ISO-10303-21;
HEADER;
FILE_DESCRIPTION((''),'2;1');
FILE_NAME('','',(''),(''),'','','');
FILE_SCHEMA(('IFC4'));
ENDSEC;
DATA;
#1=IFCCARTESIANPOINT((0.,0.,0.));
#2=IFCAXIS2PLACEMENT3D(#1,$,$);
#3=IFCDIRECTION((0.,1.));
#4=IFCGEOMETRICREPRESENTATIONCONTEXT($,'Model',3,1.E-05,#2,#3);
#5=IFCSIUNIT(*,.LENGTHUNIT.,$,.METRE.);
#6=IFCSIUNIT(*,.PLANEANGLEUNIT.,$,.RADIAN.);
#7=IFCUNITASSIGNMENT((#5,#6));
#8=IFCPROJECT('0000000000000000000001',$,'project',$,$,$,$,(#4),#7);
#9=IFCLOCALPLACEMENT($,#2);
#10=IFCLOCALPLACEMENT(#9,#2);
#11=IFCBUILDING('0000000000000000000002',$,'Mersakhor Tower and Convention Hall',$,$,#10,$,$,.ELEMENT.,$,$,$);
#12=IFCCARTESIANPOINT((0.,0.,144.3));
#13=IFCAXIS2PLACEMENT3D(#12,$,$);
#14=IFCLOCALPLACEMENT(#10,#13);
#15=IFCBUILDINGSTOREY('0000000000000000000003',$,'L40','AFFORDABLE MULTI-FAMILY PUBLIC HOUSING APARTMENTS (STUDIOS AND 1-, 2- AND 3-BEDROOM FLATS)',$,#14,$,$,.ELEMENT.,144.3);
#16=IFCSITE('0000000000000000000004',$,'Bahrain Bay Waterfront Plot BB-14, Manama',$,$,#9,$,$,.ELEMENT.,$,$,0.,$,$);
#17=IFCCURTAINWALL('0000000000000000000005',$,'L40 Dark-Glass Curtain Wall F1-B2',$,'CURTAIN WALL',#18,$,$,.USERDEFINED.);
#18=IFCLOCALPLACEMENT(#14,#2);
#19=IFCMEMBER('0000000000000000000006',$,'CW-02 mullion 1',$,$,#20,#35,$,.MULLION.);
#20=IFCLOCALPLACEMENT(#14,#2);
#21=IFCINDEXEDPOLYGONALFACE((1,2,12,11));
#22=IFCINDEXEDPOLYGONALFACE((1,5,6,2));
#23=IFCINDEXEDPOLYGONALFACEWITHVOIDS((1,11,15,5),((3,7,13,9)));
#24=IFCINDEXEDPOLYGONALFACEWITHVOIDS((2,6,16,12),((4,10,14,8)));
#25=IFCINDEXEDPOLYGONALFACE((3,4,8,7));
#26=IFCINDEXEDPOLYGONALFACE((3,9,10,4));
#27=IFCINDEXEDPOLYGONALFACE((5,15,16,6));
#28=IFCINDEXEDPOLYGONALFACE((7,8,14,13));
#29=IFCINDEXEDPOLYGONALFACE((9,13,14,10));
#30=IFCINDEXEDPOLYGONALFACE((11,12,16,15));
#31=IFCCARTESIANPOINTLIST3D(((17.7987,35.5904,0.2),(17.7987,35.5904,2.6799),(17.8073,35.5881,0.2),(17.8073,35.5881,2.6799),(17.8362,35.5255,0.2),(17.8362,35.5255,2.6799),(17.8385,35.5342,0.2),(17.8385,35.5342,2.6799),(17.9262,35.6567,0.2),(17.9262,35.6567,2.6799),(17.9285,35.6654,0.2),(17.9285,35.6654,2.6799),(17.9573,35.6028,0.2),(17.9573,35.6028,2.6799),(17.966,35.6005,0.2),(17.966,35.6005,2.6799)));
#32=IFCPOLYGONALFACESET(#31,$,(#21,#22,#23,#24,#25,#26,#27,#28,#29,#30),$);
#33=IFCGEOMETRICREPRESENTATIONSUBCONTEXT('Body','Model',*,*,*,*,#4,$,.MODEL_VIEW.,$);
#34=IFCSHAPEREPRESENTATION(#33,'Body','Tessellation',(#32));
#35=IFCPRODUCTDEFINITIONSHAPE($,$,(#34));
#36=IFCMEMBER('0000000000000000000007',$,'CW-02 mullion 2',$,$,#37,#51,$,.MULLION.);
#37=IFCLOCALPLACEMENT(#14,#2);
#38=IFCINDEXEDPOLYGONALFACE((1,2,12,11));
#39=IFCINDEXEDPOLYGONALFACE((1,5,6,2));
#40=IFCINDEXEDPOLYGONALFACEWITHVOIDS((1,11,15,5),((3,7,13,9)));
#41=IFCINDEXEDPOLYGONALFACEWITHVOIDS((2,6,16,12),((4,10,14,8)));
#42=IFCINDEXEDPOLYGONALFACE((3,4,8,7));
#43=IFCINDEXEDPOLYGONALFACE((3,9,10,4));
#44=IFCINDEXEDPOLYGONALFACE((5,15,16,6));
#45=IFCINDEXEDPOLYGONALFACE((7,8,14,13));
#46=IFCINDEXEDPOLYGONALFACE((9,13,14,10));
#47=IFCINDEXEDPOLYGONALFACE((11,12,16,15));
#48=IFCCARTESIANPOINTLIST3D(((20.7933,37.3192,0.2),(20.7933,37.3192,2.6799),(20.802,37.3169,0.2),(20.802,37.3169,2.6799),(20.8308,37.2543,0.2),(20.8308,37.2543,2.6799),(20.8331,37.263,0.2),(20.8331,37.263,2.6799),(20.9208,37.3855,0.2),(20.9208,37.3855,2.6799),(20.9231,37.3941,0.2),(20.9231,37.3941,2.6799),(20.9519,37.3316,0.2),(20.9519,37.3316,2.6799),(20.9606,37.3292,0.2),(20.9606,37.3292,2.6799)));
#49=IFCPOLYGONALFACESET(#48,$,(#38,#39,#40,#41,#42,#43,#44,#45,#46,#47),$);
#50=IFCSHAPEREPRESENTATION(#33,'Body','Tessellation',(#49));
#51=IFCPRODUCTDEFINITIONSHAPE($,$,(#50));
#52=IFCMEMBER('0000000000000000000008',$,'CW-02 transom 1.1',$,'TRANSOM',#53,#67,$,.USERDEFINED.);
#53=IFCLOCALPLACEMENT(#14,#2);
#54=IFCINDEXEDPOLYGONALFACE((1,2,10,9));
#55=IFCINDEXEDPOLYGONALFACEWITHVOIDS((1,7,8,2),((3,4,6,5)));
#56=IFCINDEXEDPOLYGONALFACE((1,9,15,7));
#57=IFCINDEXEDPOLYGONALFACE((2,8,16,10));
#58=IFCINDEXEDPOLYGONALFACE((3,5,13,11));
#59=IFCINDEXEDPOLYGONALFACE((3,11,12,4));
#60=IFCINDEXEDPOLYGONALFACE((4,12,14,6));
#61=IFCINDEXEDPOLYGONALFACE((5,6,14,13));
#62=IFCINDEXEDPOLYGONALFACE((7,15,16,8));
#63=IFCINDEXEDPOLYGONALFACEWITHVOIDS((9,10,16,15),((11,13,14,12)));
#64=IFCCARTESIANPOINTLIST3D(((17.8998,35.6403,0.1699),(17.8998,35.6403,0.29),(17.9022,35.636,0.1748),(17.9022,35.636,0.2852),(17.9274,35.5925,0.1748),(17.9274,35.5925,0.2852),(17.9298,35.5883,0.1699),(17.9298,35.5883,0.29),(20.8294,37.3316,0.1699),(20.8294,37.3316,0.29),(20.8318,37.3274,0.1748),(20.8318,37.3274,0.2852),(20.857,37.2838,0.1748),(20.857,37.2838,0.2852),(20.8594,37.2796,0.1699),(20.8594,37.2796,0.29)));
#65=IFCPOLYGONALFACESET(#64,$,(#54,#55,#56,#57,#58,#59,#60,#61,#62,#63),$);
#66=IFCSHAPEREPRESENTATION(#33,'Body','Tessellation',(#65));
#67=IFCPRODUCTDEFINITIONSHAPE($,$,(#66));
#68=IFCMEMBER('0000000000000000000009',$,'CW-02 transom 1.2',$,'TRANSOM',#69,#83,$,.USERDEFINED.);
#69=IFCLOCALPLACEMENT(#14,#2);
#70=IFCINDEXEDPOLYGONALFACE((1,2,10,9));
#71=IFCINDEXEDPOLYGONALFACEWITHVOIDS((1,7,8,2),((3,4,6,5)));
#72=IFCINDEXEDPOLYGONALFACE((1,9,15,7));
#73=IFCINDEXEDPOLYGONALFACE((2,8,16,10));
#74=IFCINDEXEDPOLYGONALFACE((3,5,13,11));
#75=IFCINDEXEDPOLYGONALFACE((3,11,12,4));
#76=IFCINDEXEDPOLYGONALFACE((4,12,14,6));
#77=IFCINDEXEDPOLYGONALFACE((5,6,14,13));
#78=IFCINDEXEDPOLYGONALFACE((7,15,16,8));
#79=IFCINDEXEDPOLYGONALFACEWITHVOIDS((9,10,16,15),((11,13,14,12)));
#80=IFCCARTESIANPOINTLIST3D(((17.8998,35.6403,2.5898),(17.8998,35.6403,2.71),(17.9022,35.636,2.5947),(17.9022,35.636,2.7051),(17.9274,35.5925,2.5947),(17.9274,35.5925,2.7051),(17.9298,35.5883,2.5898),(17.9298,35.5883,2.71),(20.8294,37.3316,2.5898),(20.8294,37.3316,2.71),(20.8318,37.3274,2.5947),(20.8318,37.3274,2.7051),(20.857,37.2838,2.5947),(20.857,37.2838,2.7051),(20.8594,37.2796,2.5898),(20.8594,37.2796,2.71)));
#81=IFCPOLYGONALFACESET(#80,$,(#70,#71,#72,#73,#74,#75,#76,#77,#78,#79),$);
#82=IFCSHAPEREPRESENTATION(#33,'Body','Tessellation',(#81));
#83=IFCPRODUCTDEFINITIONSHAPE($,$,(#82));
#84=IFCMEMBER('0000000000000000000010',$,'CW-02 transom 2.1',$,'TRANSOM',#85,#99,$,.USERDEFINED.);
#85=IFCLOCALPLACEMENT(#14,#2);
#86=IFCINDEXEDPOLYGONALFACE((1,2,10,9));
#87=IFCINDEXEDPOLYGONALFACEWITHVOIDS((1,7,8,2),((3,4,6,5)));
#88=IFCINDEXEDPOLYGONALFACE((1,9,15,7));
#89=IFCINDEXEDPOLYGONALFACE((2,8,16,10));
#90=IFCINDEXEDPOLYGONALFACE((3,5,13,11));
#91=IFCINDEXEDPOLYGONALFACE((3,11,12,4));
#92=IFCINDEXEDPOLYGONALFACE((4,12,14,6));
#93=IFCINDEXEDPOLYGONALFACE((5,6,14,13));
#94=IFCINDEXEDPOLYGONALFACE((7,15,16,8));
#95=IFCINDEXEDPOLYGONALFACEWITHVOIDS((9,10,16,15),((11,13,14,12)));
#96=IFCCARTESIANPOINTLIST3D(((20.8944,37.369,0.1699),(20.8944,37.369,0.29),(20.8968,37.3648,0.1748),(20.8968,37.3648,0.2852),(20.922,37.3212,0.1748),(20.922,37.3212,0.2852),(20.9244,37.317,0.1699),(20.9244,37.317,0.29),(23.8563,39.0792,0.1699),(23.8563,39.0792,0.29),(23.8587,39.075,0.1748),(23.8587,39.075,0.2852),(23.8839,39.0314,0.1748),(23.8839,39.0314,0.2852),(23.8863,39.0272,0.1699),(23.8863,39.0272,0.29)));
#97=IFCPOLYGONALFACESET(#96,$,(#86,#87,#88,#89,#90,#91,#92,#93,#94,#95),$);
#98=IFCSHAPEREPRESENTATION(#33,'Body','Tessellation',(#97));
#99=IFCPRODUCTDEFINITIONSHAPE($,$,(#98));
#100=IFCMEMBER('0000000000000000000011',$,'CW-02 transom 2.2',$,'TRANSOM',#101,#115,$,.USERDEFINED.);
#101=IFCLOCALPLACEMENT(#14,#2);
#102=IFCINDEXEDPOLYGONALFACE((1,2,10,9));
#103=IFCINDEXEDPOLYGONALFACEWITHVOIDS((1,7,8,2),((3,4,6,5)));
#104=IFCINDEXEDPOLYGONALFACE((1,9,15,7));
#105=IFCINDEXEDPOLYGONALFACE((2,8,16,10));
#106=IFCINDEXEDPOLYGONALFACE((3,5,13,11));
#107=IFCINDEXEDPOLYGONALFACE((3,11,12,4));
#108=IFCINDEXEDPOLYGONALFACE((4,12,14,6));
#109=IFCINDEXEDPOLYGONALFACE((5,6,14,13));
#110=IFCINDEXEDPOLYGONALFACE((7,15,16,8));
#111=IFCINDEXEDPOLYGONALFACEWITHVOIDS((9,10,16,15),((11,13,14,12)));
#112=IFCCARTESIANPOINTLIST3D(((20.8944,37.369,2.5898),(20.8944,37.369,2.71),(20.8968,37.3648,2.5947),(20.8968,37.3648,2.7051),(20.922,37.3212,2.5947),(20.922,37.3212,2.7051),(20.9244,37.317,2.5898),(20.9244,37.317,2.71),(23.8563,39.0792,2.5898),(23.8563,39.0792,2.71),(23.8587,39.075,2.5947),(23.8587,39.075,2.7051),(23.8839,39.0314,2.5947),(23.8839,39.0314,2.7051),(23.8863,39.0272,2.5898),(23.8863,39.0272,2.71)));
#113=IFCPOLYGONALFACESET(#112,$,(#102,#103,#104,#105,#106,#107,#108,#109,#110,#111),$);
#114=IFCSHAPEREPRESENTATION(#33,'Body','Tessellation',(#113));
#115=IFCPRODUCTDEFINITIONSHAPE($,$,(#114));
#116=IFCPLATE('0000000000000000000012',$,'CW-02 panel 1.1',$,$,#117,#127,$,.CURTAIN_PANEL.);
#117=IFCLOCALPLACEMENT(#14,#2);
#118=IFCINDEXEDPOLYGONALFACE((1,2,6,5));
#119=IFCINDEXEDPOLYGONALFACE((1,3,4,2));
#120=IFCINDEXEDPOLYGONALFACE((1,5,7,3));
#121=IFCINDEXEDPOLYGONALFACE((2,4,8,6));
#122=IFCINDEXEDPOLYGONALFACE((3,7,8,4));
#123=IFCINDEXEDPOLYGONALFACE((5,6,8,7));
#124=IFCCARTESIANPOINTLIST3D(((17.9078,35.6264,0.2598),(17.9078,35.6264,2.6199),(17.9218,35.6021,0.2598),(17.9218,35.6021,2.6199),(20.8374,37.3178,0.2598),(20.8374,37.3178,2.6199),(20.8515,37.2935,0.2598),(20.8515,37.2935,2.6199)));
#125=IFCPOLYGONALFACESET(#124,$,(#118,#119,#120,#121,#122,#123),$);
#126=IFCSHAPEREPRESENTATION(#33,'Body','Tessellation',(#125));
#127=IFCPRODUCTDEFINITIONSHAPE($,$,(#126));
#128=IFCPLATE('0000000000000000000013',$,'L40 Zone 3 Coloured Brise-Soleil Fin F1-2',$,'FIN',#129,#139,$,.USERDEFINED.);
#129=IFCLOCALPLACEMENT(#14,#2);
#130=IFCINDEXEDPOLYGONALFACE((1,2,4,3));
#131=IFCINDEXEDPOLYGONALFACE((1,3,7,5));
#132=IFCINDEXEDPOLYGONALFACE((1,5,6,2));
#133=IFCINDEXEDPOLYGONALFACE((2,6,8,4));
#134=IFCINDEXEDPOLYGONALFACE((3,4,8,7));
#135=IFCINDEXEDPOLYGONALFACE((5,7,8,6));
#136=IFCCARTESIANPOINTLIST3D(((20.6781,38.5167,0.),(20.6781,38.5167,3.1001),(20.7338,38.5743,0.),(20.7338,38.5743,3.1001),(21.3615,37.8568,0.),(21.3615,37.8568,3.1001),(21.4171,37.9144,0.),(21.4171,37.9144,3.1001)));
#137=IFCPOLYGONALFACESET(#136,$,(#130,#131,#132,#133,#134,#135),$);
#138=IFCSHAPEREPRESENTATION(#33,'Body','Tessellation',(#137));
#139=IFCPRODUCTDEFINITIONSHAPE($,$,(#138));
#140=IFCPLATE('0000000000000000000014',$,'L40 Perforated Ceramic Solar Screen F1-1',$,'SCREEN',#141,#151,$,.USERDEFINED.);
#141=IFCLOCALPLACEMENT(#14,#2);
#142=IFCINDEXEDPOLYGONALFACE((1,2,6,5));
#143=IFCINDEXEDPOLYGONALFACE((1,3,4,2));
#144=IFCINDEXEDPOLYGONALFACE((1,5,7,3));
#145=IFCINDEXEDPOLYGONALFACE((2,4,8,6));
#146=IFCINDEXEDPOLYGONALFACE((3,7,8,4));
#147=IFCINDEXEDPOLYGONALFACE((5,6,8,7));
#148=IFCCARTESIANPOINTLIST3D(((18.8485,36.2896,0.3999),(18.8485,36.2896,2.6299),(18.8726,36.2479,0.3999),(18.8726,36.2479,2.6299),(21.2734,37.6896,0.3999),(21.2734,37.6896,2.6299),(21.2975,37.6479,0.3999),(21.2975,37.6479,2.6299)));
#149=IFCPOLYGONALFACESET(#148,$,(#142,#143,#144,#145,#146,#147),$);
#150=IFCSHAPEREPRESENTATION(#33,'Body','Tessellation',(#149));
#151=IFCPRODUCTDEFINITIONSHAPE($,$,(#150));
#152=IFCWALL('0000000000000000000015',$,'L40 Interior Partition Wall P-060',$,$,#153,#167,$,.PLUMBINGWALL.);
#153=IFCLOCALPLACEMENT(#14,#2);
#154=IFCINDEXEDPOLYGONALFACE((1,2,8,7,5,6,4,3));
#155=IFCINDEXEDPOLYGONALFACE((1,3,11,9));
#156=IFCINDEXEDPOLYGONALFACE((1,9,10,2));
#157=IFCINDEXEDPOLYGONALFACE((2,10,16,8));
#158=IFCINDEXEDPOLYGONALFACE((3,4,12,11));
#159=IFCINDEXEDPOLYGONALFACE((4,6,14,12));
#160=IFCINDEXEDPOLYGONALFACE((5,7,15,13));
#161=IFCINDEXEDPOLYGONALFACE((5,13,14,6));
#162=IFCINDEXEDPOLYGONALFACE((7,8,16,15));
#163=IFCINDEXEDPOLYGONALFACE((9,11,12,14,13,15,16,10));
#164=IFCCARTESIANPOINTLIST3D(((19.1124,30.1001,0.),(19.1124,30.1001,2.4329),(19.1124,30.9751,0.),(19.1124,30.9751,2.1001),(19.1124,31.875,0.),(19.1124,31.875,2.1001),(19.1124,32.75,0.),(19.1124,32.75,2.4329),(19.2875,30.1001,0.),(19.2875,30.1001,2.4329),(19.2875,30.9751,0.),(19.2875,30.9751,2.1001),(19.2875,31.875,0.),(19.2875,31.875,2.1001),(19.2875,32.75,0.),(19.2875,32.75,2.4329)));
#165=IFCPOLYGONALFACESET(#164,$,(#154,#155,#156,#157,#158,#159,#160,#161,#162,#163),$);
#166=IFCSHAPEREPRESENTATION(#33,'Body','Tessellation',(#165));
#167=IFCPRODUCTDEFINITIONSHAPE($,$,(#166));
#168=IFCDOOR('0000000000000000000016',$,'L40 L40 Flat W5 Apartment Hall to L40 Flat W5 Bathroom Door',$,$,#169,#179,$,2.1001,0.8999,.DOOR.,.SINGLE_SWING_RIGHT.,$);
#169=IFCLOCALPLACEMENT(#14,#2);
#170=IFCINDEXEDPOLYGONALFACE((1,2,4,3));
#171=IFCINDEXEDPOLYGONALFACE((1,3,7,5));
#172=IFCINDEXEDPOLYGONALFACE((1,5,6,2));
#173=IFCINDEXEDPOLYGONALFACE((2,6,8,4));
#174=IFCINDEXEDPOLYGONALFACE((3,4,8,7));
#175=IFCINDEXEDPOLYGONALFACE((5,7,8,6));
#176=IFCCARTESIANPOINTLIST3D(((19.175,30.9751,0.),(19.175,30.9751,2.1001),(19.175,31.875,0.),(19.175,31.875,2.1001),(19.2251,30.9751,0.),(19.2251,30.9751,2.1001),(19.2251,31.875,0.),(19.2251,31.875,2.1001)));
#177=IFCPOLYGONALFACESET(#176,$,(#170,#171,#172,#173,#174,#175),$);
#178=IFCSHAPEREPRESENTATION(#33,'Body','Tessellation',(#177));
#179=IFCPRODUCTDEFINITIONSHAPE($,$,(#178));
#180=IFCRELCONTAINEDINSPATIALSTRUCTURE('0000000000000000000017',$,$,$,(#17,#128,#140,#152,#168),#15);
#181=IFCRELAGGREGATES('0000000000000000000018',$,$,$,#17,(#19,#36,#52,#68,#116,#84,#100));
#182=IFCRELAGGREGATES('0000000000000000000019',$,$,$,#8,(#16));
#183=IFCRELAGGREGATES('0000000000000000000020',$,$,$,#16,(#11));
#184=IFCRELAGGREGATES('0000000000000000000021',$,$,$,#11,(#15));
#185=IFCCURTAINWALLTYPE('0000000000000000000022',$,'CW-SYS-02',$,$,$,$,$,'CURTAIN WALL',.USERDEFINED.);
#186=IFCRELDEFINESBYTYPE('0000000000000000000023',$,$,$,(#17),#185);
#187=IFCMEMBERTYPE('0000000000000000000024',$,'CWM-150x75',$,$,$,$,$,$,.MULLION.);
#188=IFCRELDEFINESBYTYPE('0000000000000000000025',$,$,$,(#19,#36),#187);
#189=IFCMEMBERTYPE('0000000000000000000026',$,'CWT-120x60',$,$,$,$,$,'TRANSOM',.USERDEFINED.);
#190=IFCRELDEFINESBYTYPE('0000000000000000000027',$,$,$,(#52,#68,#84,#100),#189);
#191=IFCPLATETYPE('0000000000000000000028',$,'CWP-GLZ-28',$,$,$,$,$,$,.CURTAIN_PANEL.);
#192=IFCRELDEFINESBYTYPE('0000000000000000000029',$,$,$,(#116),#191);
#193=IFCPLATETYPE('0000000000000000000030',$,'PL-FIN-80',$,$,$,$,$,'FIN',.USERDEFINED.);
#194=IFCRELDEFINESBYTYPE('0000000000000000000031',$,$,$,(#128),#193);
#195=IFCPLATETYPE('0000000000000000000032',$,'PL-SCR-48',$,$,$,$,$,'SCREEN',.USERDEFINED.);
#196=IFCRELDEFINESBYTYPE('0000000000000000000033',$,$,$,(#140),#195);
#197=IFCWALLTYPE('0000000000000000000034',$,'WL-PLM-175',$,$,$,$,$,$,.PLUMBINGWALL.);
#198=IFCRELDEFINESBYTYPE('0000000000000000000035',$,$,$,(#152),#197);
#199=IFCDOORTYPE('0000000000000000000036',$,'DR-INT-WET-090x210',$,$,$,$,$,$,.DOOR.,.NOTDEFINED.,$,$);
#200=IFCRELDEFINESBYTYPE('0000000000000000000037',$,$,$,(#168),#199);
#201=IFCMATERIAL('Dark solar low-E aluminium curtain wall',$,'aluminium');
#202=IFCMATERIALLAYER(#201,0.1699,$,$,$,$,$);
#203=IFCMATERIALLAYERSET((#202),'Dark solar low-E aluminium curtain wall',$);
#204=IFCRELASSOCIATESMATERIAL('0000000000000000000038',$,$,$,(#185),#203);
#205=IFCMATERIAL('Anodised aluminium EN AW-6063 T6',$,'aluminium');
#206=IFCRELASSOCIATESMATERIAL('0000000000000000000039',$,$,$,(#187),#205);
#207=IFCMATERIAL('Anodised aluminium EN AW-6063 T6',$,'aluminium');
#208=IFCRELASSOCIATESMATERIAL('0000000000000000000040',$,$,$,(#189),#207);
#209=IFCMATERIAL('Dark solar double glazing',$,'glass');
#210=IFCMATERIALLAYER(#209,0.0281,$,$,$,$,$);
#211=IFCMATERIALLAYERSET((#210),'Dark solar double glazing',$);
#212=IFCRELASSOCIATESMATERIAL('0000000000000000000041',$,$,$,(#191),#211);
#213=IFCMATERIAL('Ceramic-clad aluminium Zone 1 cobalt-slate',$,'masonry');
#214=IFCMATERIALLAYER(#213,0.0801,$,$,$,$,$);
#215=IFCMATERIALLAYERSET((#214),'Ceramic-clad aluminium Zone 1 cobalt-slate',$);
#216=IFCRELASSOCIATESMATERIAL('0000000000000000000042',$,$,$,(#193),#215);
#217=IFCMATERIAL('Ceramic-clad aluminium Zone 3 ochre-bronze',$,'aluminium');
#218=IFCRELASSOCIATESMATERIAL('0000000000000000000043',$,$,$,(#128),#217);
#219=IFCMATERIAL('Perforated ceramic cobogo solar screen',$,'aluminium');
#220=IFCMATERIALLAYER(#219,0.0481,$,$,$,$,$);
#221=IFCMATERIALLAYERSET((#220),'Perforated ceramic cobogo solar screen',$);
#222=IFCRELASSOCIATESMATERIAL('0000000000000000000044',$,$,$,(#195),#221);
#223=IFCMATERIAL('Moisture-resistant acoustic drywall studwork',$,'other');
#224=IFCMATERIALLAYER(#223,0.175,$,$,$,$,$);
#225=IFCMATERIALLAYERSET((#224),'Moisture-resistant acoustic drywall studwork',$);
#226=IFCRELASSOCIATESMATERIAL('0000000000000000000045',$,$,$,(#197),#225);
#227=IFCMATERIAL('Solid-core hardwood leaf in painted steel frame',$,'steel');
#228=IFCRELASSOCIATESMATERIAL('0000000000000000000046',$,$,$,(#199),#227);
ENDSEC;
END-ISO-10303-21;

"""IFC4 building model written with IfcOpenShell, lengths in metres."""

from ifc_helpers import new_model, si_unit, direction, frame, frame_2d, origin, origin_2d, place, context, subcontext, project, spatial, rectangle, hollow_rectangle, extrude, material, layer, layer_set, material_profile, profile_set, type_object, element, fill, aggregate, save


model = new_model("IFC4")

# Units and contexts
model_context = context("Model", 3, precision=1e-05, world=origin(), true_north=direction((0.0, 1.0)))
body_context = subcontext(model_context, "Body", "Model", "MODEL_VIEW")
ifc_project = project(units=[si_unit("LENGTHUNIT", "METRE"), si_unit("PLANEANGLEUNIT", "RADIAN")], contexts=[model_context])

# Site, building, storey
site_placement = place(None, origin())
site = spatial("IfcSite", under=ifc_project, at=site_placement, Name="Bahrain Bay Waterfront Plot BB-14, Manama", CompositionType="ELEMENT", RefElevation=0.0)
building_placement = place(site_placement, origin())
building = spatial("IfcBuilding", under=site, at=building_placement, Name="Mersakhor Tower and Convention Hall", CompositionType="ELEMENT")
storey_placement = place(building_placement, frame((0.0, 0.0, 144.3)))
storey = spatial("IfcBuildingStorey", under=building, at=storey_placement, Name="L40", Description="AFFORDABLE MULTI-FAMILY PUBLIC HOUSING APARTMENTS (STUDIOS AND 1-, 2- AND 3-BEDROOM FLATS)", CompositionType="ELEMENT", Elevation=144.3)

# Curtain wall, members, plate
ifc_material_1 = material(Name="Dark solar low-E aluminium curtain wall", Category="aluminium")
ifc_layer_1 = layer(ifc_material_1, 0.1699)
ifc_layer_set_1 = layer_set([ifc_layer_1], Name="Dark solar low-E aluminium curtain wall")
curtain_wall_type = type_object("IfcCurtainWallType", Name="CW-SYS-02", ElementType="CURTAIN WALL", PredefinedType="USERDEFINED", material=ifc_layer_set_1)
curtain_wall_placement = place(storey_placement, origin())
curtain_wall = element("IfcCurtainWall", 1, at=curtain_wall_placement, inside=storey, type_object=curtain_wall_type, Name="L40 Dark-Glass Curtain Wall F1-B2", ObjectType="CURTAIN WALL", PredefinedType="USERDEFINED")
ifc_material_2 = material(Name="Anodised aluminium EN AW-6063 T6", Category="aluminium")
ifc_material_profile_1 = material_profile(ifc_material_2, hollow_rectangle(XDim=0.075, YDim=0.1499, WallThickness=0.0063, at=origin_2d()), Name="RHS 150x75x6.3")
ifc_profile_set_1 = profile_set([ifc_material_profile_1], Name="Anodised aluminium EN AW-6063 T6")
member_type_1 = type_object("IfcMemberType", Name="CWM-150x75", PredefinedType="MULLION", material=ifc_profile_set_1)
member_1_placement = place(storey_placement, frame((17.8823, 35.5955, 0.2), z_axis=(0.0, 0.0, 1.0), x_axis=(-0.49999, 0.866031, 0.0)))
member_1 = element("IfcMember", 2, at=member_1_placement, type_object=member_type_1, Name="CW-02 mullion 1", PredefinedType="MULLION", context=body_context, shape_type="SweptSolid", body=[
    extrude(hollow_rectangle(XDim=0.075, YDim=0.1499, WallThickness=0.0063, at=origin_2d()), origin(), (0.0, 0.0, 1.0), 2.48),
])
member_2_placement = place(storey_placement, frame((20.877, 37.3242, 0.2), z_axis=(0.0, 0.0, 1.0), x_axis=(-0.49999, 0.866031, 0.0)))
member_2 = element("IfcMember", 3, at=member_2_placement, type_object=member_type_1, Name="CW-02 mullion 2", PredefinedType="MULLION", context=body_context, shape_type="SweptSolid", body=[
    extrude(hollow_rectangle(XDim=0.075, YDim=0.1499, WallThickness=0.0063, at=origin_2d()), origin(), (0.0, 0.0, 1.0), 2.48),
])
ifc_material_3 = material(Name="Anodised aluminium EN AW-6063 T6", Category="aluminium")
ifc_material_profile_2 = material_profile(ifc_material_3, hollow_rectangle(XDim=0.0601, YDim=0.1201, WallThickness=0.0049, at=origin_2d()), Name="RHS 120x60x5")
ifc_profile_set_2 = profile_set([ifc_material_profile_2], Name="Anodised aluminium EN AW-6063 T6")
member_type_2 = type_object("IfcMemberType", Name="CWT-120x60", ElementType="TRANSOM", PredefinedType="USERDEFINED", material=ifc_profile_set_2)
member_3_placement = place(storey_placement, frame((17.9148, 35.6143, 0.23), z_axis=(0.866032, 0.499989, 0.0), x_axis=(-0.499989, 0.866032, 0.0)))
member_3 = element("IfcMember", 4, at=member_3_placement, type_object=member_type_2, Name="CW-02 transom 1.1", ObjectType="TRANSOM", PredefinedType="USERDEFINED", context=body_context, shape_type="SweptSolid", body=[
    extrude(hollow_rectangle(XDim=0.0601, YDim=0.1201, WallThickness=0.0049, at=origin_2d()), origin(), (0.0, 0.0, 1.0), 3.3828),
])
member_4_placement = place(storey_placement, frame((17.9148, 35.6143, 2.6499), z_axis=(0.866032, 0.499989, 0.0), x_axis=(-0.499989, 0.866032, 0.0)))
member_4 = element("IfcMember", 5, at=member_4_placement, type_object=member_type_2, Name="CW-02 transom 1.2", ObjectType="TRANSOM", PredefinedType="USERDEFINED", context=body_context, shape_type="SweptSolid", body=[
    extrude(hollow_rectangle(XDim=0.0601, YDim=0.1201, WallThickness=0.0049, at=origin_2d()), origin(), (0.0, 0.0, 1.0), 3.3828),
])
member_5_placement = place(storey_placement, frame((20.9094, 37.343, 0.23), z_axis=(0.866007, 0.500031, 0.0), x_axis=(-0.500031, 0.866007, 0.0)))
member_5 = element("IfcMember", 6, at=member_5_placement, type_object=member_type_2, Name="CW-02 transom 2.1", ObjectType="TRANSOM", PredefinedType="USERDEFINED", context=body_context, shape_type="SweptSolid", body=[
    extrude(hollow_rectangle(XDim=0.0601, YDim=0.1201, WallThickness=0.0049, at=origin_2d()), origin(), (0.0, 0.0, 1.0), 3.4202),
])
member_6_placement = place(storey_placement, frame((20.9094, 37.343, 2.6499), z_axis=(0.866007, 0.500031, 0.0), x_axis=(-0.500031, 0.866007, 0.0)))
member_6 = element("IfcMember", 7, at=member_6_placement, type_object=member_type_2, Name="CW-02 transom 2.2", ObjectType="TRANSOM", PredefinedType="USERDEFINED", context=body_context, shape_type="SweptSolid", body=[
    extrude(hollow_rectangle(XDim=0.0601, YDim=0.1201, WallThickness=0.0049, at=origin_2d()), origin(), (0.0, 0.0, 1.0), 3.4202),
])
ifc_material_4 = material(Name="Dark solar double glazing", Category="glass")
ifc_layer_2 = layer(ifc_material_4, 0.0281)
ifc_layer_set_2 = layer_set([ifc_layer_2], Name="Dark solar double glazing")
plate_type_1 = type_object("IfcPlateType", Name="CWP-GLZ-28", PredefinedType="CURTAIN_PANEL", material=ifc_layer_set_2)
plate_1_placement = place(storey_placement, frame((19.3796, 36.46, 0.2598), z_axis=(0.0, 0.0, 1.0), x_axis=(0.866031, 0.49999, 0.0)))
plate_1 = element("IfcPlate", 8, at=plate_1_placement, type_object=plate_type_1, Name="CW-02 panel 1.1", PredefinedType="CURTAIN_PANEL", context=body_context, shape_type="SweptSolid", body=[
    extrude(rectangle(XDim=3.3828, YDim=0.0281, at=origin_2d()), origin(), (0.0, 0.0, 1.0), 2.3601),
])
aggregate(curtain_wall, [member_1, member_2, member_3, member_4, plate_1, member_5, member_6])

# Plates
ifc_material_5 = material(Name="Ceramic-clad aluminium Zone 3 ochre-bronze", Category="aluminium")
ifc_material_6 = material(Name="Ceramic-clad aluminium Zone 1 cobalt-slate", Category="masonry")
ifc_layer_3 = layer(ifc_material_6, 0.0801)
ifc_layer_set_3 = layer_set([ifc_layer_3], Name="Ceramic-clad aluminium Zone 1 cobalt-slate")
plate_type_2 = type_object("IfcPlateType", Name="PL-FIN-80", ElementType="FIN", PredefinedType="USERDEFINED", material=ifc_layer_set_3)
plate_2_placement = place(storey_placement, frame((21.0476, 38.2156, 0.0), z_axis=(0.0, 0.0, 1.0), x_axis=(-0.71934, 0.694658, 0.0)))
element("IfcPlate", 9, at=plate_2_placement, inside=storey, type_object=plate_type_2, material=ifc_material_5, Name="L40 Zone 3 Coloured Brise-Soleil Fin F1-2", ObjectType="FIN", PredefinedType="USERDEFINED", context=body_context, shape_type="SweptSolid", body=[
    extrude(rectangle(XDim=0.95, YDim=0.0801, at=origin_2d()), origin(), (0.0, 0.0, 1.0), 3.1001),
])
ifc_material_7 = material(Name="Perforated ceramic cobogo solar screen", Category="aluminium")
ifc_layer_4 = layer(ifc_material_7, 0.0481)
ifc_layer_set_4 = layer_set([ifc_layer_4], Name="Perforated ceramic cobogo solar screen")
plate_type_3 = type_object("IfcPlateType", Name="PL-SCR-48", ElementType="SCREEN", PredefinedType="USERDEFINED", material=ifc_layer_set_4)
plate_3_placement = place(storey_placement, frame((20.073, 36.9688, 0.3999), z_axis=(0.0, 0.0, 1.0), x_axis=(0.866025, 0.5, 0.0)))
element("IfcPlate", 10, at=plate_3_placement, inside=storey, type_object=plate_type_3, Name="L40 Perforated Ceramic Solar Screen F1-1", ObjectType="SCREEN", PredefinedType="USERDEFINED", context=body_context, shape_type="SweptSolid", body=[
    extrude(rectangle(XDim=2.8, YDim=0.0481, at=origin_2d()), origin(), (0.0, 0.0, 1.0), 2.23),
])

# Wall, opening, door
ifc_material_8 = material(Name="Moisture-resistant acoustic drywall studwork", Category="other")
ifc_layer_5 = layer(ifc_material_8, 0.175)
ifc_layer_set_5 = layer_set([ifc_layer_5], Name="Moisture-resistant acoustic drywall studwork")
wall_type_1 = type_object("IfcWallType", Name="WL-PLM-175", PredefinedType="PLUMBINGWALL", material=ifc_layer_set_5)
wall_1_placement = place(storey_placement, frame((19.2, 30.1001, 0.0), z_axis=(0.0, 0.0, 1.0), x_axis=(0.0, 1.0, 0.0)))
wall_1 = element("IfcWall", 11, at=wall_1_placement, inside=storey, type_object=wall_type_1, Name="L40 Interior Partition Wall P-060", PredefinedType="PLUMBINGWALL", context=body_context, shape_type="SweptSolid", body=[
    extrude(rectangle(XDim=2.6499, YDim=0.175, at=frame_2d((1.325, 0.0))), origin(), (0.0, 0.0, 1.0), 2.4329),
])
opening_1_placement = place(wall_1_placement, frame((0.875, 0.0, 0.0)))
opening_1 = element("IfcOpeningElement", 12, at=opening_1_placement, cuts=wall_1, PredefinedType="OPENING", context=body_context, shape_type="SweptSolid", body=[
    extrude(rectangle(XDim=0.8999, YDim=2.1001, at=frame_2d((0.45, 1.05))), frame((0.0, 0.0974, 0.0), z_axis=(0.0, -1.0, 0.0), x_axis=(1.0, 0.0, 0.0)), (0.0, 0.0, 1.0), 0.1951),
])
ifc_material_9 = material(Name="Solid-core hardwood leaf in painted steel frame", Category="steel")
door_type_1 = type_object("IfcDoorType", Name="DR-INT-WET-090x210", OperationType="NOTDEFINED", PredefinedType="DOOR", material=ifc_material_9)
door_1_placement = place(opening_1_placement, origin())
door_1 = element("IfcDoor", 13, at=door_1_placement, inside=storey, type_object=door_type_1, Name="L40 L40 Flat W5 Apartment Hall to L40 Flat W5 Bathroom Door", OperationType="SINGLE_SWING_RIGHT", OverallHeight=2.1001, OverallWidth=0.8999, PredefinedType="DOOR", context=body_context, shape_type="SweptSolid", body=[
    extrude(rectangle(XDim=0.8999, YDim=2.1001, at=frame_2d((0.45, 1.05))), frame((0.0, 0.0249, 0.0), z_axis=(0.0, -1.0, 0.0), x_axis=(1.0, 0.0, 0.0)), (0.0, 0.0, 1.0), 0.05),
])
fill(opening_1, door_1)

save(model, "model.ifc")
